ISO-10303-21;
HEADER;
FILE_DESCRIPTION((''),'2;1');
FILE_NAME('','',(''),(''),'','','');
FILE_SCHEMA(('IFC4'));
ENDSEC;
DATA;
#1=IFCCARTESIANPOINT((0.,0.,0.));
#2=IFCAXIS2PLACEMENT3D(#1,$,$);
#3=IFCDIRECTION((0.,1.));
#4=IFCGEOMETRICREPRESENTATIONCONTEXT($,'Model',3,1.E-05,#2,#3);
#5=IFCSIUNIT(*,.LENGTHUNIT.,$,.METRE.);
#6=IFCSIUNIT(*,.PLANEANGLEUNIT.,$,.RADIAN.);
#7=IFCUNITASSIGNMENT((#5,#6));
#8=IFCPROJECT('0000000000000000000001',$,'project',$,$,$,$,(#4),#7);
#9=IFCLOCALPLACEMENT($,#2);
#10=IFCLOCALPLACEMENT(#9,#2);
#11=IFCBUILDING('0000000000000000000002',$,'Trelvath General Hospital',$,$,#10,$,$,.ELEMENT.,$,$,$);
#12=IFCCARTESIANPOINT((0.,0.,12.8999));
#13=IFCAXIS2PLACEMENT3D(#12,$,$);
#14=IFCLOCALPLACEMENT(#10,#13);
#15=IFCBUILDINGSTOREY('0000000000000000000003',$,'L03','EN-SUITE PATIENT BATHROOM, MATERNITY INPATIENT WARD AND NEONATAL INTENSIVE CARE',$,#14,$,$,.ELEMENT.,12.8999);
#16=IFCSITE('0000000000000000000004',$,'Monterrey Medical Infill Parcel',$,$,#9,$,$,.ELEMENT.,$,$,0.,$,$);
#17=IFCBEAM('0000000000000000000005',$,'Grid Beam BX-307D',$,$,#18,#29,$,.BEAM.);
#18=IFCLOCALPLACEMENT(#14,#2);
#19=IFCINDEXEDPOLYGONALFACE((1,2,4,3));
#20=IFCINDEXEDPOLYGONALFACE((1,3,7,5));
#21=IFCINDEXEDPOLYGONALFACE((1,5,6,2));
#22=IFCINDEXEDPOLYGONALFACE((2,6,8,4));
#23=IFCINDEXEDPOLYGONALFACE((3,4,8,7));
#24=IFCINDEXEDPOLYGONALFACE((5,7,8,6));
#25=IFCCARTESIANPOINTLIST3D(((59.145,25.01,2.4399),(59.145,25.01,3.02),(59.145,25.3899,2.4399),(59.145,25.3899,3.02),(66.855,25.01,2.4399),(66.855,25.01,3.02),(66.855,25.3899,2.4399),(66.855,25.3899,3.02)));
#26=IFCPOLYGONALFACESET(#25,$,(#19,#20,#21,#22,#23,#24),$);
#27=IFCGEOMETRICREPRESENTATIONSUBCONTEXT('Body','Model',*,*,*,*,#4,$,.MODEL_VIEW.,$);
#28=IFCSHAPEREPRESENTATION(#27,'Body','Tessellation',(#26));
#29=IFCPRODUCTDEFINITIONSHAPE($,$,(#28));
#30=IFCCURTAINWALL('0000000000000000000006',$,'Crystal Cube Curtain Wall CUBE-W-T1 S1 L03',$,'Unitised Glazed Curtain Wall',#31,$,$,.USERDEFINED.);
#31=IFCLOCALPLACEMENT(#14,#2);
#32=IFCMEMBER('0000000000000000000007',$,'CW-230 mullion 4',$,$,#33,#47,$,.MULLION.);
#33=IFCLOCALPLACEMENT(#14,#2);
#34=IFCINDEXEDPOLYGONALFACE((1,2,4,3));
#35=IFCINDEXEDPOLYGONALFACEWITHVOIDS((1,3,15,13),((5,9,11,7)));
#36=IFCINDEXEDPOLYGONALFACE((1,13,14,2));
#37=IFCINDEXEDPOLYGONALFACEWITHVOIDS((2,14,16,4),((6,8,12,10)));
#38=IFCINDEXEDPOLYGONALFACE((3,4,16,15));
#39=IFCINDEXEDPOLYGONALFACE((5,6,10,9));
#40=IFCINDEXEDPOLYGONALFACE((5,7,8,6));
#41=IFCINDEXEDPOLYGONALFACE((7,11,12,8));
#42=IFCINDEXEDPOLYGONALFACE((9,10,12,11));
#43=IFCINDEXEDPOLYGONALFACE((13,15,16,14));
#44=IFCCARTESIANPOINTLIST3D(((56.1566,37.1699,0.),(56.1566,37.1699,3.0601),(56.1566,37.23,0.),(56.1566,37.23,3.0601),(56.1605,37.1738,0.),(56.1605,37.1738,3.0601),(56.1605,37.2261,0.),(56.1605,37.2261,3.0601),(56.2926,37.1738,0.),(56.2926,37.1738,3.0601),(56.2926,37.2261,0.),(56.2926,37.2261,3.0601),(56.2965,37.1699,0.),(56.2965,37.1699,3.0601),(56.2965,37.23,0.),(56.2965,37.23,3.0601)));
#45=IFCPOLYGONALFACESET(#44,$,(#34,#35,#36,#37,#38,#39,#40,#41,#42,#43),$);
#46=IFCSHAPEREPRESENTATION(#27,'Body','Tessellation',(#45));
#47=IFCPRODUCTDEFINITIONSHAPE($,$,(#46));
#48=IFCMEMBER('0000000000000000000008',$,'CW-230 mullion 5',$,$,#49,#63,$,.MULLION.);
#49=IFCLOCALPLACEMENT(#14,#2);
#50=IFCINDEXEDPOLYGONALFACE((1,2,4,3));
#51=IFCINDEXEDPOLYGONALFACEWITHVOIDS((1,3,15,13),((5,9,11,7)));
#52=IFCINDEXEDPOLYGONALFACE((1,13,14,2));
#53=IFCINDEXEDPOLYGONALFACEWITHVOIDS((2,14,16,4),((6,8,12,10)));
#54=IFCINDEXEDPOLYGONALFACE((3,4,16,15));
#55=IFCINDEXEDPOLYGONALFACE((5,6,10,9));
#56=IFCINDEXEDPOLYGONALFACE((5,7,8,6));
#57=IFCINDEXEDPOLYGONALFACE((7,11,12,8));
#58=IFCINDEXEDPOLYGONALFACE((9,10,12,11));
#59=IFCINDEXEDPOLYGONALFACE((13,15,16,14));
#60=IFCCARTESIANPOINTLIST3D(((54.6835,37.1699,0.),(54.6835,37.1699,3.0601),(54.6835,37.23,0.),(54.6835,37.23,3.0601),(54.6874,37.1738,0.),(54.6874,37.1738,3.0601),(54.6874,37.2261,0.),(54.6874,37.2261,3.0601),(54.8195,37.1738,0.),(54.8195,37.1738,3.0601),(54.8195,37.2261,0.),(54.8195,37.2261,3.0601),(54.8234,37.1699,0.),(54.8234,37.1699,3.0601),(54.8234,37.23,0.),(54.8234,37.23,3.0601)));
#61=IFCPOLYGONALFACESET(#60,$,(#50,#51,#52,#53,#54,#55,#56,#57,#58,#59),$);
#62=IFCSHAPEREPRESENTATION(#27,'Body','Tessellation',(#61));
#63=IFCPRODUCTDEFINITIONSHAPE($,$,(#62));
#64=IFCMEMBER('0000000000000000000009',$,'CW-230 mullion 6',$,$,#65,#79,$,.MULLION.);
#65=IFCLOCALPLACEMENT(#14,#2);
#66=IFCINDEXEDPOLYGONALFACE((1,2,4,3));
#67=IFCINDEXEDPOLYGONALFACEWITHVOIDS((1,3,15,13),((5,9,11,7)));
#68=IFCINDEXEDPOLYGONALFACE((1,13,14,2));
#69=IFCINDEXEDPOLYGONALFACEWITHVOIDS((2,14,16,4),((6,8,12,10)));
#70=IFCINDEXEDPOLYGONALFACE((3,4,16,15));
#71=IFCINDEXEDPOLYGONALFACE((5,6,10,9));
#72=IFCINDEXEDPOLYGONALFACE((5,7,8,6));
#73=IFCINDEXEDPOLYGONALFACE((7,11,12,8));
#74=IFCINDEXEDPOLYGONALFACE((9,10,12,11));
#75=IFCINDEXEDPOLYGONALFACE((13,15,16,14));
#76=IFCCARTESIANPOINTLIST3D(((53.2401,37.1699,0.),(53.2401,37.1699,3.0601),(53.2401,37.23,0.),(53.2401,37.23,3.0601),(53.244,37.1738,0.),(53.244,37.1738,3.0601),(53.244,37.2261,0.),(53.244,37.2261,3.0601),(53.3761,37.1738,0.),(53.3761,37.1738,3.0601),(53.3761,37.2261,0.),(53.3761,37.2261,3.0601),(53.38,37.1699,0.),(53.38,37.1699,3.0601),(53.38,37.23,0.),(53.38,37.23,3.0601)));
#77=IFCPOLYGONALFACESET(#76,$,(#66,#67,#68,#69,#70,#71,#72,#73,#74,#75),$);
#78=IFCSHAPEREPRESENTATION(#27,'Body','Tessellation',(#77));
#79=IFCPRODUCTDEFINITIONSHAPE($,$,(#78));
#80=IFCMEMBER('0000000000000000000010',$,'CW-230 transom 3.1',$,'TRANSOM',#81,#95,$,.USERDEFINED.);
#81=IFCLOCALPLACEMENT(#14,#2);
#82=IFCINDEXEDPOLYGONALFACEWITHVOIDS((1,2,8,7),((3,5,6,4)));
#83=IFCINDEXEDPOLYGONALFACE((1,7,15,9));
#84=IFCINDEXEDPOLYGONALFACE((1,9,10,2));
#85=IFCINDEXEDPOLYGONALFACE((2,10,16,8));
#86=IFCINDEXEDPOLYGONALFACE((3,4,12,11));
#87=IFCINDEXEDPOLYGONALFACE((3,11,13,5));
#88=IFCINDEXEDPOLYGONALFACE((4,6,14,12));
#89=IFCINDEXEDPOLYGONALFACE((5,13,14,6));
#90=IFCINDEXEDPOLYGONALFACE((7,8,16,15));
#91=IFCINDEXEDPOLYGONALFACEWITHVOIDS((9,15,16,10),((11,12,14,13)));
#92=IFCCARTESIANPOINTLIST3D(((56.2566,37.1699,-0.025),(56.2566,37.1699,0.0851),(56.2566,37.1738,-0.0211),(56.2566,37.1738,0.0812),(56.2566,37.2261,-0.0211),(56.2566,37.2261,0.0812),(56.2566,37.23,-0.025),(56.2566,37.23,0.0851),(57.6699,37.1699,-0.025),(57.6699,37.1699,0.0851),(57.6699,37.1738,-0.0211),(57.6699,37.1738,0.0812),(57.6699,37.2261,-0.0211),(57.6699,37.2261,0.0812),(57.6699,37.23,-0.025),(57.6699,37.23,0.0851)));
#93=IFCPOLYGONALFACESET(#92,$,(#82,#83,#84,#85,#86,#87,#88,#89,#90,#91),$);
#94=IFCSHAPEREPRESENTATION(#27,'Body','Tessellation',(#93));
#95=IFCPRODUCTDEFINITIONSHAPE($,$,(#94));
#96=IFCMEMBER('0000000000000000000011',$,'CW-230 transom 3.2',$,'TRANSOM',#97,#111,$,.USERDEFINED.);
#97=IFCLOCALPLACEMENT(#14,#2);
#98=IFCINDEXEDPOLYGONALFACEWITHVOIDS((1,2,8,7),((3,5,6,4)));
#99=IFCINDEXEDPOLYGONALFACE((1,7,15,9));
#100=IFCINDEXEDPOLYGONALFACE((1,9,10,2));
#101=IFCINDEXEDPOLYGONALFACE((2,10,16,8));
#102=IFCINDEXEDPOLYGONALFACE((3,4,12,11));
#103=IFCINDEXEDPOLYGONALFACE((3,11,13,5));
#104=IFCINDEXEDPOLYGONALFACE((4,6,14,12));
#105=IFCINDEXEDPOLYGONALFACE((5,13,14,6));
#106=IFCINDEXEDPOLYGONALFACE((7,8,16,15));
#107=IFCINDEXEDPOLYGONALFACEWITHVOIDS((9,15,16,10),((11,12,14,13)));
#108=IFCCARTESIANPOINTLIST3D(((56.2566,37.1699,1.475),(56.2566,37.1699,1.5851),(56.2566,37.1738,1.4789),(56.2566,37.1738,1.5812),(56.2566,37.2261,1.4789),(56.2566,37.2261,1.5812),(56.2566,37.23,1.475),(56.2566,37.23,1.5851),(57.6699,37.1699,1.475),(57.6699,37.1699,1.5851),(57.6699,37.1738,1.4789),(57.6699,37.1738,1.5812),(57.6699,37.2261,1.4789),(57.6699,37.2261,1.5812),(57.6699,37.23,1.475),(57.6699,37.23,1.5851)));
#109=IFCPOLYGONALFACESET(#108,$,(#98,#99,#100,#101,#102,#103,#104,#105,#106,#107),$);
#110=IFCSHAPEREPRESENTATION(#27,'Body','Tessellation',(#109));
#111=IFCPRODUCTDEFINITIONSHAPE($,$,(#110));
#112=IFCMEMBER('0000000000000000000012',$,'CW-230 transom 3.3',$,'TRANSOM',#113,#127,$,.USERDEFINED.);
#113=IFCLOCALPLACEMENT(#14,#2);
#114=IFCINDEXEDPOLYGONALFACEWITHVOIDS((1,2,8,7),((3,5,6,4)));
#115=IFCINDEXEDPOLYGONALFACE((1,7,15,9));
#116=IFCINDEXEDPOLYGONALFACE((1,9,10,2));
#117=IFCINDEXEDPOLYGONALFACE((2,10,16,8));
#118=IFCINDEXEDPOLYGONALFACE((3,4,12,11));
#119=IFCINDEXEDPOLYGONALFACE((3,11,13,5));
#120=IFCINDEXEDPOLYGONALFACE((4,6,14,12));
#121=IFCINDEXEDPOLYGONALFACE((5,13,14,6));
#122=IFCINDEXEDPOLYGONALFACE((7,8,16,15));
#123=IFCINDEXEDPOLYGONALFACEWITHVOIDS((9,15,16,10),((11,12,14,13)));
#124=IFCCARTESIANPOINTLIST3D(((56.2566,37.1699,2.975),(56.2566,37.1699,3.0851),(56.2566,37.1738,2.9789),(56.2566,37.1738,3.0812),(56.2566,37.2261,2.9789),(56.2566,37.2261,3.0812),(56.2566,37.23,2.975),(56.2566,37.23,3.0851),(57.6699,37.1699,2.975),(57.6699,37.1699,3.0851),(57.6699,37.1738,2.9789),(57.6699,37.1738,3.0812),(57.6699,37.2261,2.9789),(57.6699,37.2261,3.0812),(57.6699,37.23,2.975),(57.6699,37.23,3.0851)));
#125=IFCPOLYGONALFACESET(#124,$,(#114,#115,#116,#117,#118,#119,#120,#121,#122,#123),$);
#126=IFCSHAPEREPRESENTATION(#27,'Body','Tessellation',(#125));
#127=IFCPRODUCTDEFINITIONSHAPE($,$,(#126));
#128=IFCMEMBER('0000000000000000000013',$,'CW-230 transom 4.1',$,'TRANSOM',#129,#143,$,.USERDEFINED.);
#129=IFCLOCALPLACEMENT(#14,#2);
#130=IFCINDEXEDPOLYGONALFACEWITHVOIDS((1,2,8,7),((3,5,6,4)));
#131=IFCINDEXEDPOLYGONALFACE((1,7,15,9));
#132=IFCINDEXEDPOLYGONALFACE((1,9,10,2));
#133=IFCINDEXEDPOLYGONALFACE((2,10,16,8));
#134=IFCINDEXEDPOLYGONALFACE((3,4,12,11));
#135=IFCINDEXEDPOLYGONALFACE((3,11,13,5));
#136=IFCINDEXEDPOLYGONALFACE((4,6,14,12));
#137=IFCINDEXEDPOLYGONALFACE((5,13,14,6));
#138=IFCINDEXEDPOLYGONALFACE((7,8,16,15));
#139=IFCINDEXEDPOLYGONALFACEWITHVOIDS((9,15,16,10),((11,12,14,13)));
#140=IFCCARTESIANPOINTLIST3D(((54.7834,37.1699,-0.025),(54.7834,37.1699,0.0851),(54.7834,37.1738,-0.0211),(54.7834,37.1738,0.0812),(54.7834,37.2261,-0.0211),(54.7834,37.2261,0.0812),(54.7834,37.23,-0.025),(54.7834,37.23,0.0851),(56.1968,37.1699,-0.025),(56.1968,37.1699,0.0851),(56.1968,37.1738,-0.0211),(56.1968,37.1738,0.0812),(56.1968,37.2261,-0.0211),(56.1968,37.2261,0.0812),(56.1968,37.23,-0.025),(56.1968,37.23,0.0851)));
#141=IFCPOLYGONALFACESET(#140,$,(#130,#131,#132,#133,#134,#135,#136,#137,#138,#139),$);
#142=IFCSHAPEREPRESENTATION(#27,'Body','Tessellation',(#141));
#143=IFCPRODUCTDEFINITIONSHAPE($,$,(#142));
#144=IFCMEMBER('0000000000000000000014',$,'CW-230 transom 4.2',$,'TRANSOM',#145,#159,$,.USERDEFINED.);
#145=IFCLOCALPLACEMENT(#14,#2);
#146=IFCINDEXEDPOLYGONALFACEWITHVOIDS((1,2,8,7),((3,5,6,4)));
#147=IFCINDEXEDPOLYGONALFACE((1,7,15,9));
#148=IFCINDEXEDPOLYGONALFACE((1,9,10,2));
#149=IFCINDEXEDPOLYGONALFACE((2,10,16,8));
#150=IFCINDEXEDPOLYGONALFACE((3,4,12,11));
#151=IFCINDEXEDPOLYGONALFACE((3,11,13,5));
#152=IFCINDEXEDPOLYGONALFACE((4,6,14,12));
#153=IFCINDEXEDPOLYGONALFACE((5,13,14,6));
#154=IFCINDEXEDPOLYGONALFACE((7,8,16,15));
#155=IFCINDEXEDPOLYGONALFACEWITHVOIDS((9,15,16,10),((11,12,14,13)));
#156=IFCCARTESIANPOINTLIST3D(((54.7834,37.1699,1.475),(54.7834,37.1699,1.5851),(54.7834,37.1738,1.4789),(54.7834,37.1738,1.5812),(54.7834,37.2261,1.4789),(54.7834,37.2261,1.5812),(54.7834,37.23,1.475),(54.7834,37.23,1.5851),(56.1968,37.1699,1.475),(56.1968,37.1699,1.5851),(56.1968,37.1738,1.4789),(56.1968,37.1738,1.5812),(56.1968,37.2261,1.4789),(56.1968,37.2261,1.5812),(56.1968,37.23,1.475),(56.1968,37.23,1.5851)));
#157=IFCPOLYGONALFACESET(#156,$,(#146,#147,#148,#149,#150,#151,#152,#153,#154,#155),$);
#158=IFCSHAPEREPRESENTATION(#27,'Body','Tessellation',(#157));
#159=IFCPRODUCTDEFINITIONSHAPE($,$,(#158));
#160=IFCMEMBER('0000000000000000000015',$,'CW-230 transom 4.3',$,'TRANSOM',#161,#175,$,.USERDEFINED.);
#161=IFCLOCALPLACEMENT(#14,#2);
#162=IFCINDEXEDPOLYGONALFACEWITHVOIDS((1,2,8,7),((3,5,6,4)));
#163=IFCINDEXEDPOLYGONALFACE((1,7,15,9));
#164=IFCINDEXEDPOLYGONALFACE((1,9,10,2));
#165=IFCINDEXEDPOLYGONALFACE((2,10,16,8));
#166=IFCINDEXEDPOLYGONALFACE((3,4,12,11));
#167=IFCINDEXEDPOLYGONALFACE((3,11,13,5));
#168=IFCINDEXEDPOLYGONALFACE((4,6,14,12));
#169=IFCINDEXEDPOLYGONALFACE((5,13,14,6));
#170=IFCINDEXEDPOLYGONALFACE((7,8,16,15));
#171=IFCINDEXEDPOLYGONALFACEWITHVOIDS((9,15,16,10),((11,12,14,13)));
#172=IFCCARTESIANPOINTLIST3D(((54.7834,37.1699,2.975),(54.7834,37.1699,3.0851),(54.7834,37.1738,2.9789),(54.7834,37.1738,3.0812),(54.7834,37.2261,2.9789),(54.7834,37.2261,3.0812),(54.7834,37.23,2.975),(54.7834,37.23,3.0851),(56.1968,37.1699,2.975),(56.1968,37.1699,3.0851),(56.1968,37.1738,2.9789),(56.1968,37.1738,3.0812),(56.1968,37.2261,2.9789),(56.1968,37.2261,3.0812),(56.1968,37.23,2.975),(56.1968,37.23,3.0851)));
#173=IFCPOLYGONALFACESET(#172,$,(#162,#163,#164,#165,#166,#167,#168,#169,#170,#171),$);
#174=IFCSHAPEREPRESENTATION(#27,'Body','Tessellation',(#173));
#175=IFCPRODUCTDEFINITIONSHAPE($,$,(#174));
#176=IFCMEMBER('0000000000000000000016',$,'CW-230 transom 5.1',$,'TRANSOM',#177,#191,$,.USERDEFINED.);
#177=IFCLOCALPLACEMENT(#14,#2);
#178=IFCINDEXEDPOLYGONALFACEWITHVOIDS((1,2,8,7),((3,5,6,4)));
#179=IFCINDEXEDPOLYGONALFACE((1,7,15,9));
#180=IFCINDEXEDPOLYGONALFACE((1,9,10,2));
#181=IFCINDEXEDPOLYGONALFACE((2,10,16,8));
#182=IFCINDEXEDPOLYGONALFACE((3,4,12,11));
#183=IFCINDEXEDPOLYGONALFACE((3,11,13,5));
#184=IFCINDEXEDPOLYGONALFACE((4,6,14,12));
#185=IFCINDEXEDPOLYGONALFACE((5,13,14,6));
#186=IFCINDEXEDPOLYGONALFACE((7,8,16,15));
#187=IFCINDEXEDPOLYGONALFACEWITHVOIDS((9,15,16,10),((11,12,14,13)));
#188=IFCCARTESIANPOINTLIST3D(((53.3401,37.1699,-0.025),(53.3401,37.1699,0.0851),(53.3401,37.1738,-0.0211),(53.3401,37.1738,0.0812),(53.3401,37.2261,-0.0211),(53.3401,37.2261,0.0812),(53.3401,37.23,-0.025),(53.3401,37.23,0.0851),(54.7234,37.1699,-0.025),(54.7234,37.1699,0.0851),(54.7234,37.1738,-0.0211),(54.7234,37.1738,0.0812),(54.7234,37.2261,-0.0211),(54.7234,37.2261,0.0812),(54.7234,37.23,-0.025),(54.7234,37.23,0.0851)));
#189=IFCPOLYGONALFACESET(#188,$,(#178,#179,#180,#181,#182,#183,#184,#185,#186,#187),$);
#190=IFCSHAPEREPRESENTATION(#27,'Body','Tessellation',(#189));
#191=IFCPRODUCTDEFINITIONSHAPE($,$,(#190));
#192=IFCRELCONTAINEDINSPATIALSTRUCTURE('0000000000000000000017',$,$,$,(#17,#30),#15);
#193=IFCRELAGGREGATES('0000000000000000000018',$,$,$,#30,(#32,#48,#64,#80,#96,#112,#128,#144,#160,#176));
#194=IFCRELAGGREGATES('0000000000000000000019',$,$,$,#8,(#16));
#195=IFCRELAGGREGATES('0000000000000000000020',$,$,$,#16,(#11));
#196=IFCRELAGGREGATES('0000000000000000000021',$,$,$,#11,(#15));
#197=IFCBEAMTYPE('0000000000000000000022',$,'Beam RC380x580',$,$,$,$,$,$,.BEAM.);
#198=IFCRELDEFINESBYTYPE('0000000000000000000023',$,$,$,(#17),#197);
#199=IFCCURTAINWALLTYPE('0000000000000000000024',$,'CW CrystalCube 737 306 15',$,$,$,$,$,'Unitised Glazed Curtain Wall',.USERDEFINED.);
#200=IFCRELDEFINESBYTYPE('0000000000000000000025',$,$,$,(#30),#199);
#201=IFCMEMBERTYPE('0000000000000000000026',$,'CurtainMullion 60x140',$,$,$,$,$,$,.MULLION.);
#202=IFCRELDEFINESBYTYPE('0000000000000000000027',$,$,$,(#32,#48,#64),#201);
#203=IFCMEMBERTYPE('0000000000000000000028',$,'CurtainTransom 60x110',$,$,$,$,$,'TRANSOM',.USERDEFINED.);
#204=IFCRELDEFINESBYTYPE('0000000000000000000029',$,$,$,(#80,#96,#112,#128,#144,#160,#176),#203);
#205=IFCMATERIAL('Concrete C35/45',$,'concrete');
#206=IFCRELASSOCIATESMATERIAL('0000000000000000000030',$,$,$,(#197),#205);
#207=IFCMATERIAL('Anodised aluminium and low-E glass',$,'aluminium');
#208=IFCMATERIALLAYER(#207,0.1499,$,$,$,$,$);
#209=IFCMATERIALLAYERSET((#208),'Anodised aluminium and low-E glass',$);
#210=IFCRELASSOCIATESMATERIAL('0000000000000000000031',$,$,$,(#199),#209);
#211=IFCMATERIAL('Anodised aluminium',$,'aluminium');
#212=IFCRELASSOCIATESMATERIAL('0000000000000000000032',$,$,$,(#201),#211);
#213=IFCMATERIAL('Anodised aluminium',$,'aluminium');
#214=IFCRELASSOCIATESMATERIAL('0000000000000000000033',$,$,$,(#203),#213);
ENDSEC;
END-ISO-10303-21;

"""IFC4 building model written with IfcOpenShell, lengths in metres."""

from ifc_helpers import new_model, si_unit, direction, frame, origin, origin_2d, place, context, subcontext, project, spatial, rectangle, hollow_rectangle, extrude, material, layer, layer_set, material_profile, profile_set, type_object, element, aggregate, save


model = new_model("IFC4")

# Units and contexts
model_context = context("Model", 3, precision=1e-05, world=origin(), true_north=direction((0.0, 1.0)))
body_context = subcontext(model_context, "Body", "Model", "MODEL_VIEW")
ifc_project = project(units=[si_unit("LENGTHUNIT", "METRE"), si_unit("PLANEANGLEUNIT", "RADIAN")], contexts=[model_context])

# Site, building, storey
site_placement = place(None, origin())
site = spatial("IfcSite", under=ifc_project, at=site_placement, Name="Monterrey Medical Infill Parcel", CompositionType="ELEMENT", RefElevation=0.0)
building_placement = place(site_placement, origin())
building = spatial("IfcBuilding", under=site, at=building_placement, Name="Trelvath General Hospital", CompositionType="ELEMENT")
storey_placement = place(building_placement, frame((0.0, 0.0, 12.8999)))
storey = spatial("IfcBuildingStorey", under=building, at=storey_placement, Name="L03", Description="EN-SUITE PATIENT BATHROOM, MATERNITY INPATIENT WARD AND NEONATAL INTENSIVE CARE", CompositionType="ELEMENT", Elevation=12.8999)

# Beam
ifc_material_1 = material(Name="Concrete C35/45", Category="concrete")
ifc_material_profile_1 = material_profile(ifc_material_1, rectangle(XDim=0.3799, YDim=0.5801, at=origin_2d()), Name="RCB380x580")
ifc_profile_set_1 = profile_set([ifc_material_profile_1], Name="Concrete C35/45")
beam_type = type_object("IfcBeamType", Name="Beam RC380x580", PredefinedType="BEAM", material=ifc_profile_set_1)
beam_placement = place(storey_placement, frame((59.145, 25.2, 2.73), z_axis=(1.0, 0.0, 0.0), x_axis=(0.0, 1.0, 0.0)))
element("IfcBeam", 1, at=beam_placement, inside=storey, type_object=beam_type, Name="Grid Beam BX-307D", PredefinedType="BEAM", context=body_context, shape_type="SweptSolid", body=[
    extrude(rectangle(XDim=0.3799, YDim=0.5801, at=origin_2d()), origin(), (0.0, 0.0, 1.0), 7.71),
])

# Curtain wall, members
ifc_material_2 = material(Name="Anodised aluminium and low-E glass", Category="aluminium")
ifc_layer_1 = layer(ifc_material_2, 0.1499)
ifc_layer_set_1 = layer_set([ifc_layer_1], Name="Anodised aluminium and low-E glass")
curtain_wall_type = type_object("IfcCurtainWallType", Name="CW CrystalCube 737 306 15", ElementType="Unitised Glazed Curtain Wall", PredefinedType="USERDEFINED", material=ifc_layer_set_1)
curtain_wall_placement = place(storey_placement, origin())
curtain_wall = element("IfcCurtainWall", 2, at=curtain_wall_placement, inside=storey, type_object=curtain_wall_type, Name="Crystal Cube Curtain Wall CUBE-W-T1 S1 L03", ObjectType="Unitised Glazed Curtain Wall", PredefinedType="USERDEFINED")
ifc_material_3 = material(Name="Anodised aluminium", Category="aluminium")
ifc_material_profile_2 = material_profile(ifc_material_3, hollow_rectangle(XDim=0.0601, YDim=0.1399, WallThickness=0.0039, at=origin_2d()), Name="RHS60x140x4")
ifc_profile_set_2 = profile_set([ifc_material_profile_2], Name="Anodised aluminium")
member_type_1 = type_object("IfcMemberType", Name="CurtainMullion 60x140", PredefinedType="MULLION", material=ifc_profile_set_2)
member_1_placement = place(storey_placement, frame((56.2266, 37.2, 0.0), z_axis=(0.0, 0.0, 1.0), x_axis=(0.0, -1.0, 0.0)))
member_1 = element("IfcMember", 3, at=member_1_placement, type_object=member_type_1, Name="CW-230 mullion 4", PredefinedType="MULLION", context=body_context, shape_type="SweptSolid", body=[
    extrude(hollow_rectangle(XDim=0.0601, YDim=0.1399, WallThickness=0.0039, at=origin_2d()), origin(), (0.0, 0.0, 1.0), 3.0601),
])
member_2_placement = place(storey_placement, frame((54.7534, 37.2, 0.0), z_axis=(0.0, 0.0, 1.0), x_axis=(0.0, -1.0, 0.0)))
member_2 = element("IfcMember", 4, at=member_2_placement, type_object=member_type_1, Name="CW-230 mullion 5", PredefinedType="MULLION", context=body_context, shape_type="SweptSolid", body=[
    extrude(hollow_rectangle(XDim=0.0601, YDim=0.1399, WallThickness=0.0039, at=origin_2d()), origin(), (0.0, 0.0, 1.0), 3.0601),
])
member_3_placement = place(storey_placement, frame((53.3101, 37.2, 0.0), z_axis=(0.0, 0.0, 1.0), x_axis=(0.0, -1.0, 0.0)))
member_3 = element("IfcMember", 5, at=member_3_placement, type_object=member_type_1, Name="CW-230 mullion 6", PredefinedType="MULLION", context=body_context, shape_type="SweptSolid", body=[
    extrude(hollow_rectangle(XDim=0.0601, YDim=0.1399, WallThickness=0.0039, at=origin_2d()), origin(), (0.0, 0.0, 1.0), 3.0601),
])
ifc_material_4 = material(Name="Anodised aluminium", Category="aluminium")
ifc_material_profile_3 = material_profile(ifc_material_4, hollow_rectangle(XDim=0.0601, YDim=0.1101, WallThickness=0.0039, at=origin_2d()), Name="RHS60x110x4")
ifc_profile_set_3 = profile_set([ifc_material_profile_3], Name="Anodised aluminium")
member_type_2 = type_object("IfcMemberType", Name="CurtainTransom 60x110", ElementType="TRANSOM", PredefinedType="USERDEFINED", material=ifc_profile_set_3)
member_4_placement = place(storey_placement, frame((57.6699, 37.2, 0.03), z_axis=(-1.0, 0.0, 0.0), x_axis=(0.0, -1.0, 0.0)))
member_4 = element("IfcMember", 6, at=member_4_placement, type_object=member_type_2, Name="CW-230 transom 3.1", ObjectType="TRANSOM", PredefinedType="USERDEFINED", context=body_context, shape_type="SweptSolid", body=[
    extrude(hollow_rectangle(XDim=0.0601, YDim=0.1101, WallThickness=0.0039, at=origin_2d()), origin(), (0.0, 0.0, 1.0), 1.4133),
])
member_5_placement = place(storey_placement, frame((57.6699, 37.2, 1.53), z_axis=(-1.0, 0.0, 0.0), x_axis=(0.0, -1.0, 0.0)))
member_5 = element("IfcMember", 7, at=member_5_placement, type_object=member_type_2, Name="CW-230 transom 3.2", ObjectType="TRANSOM", PredefinedType="USERDEFINED", context=body_context, shape_type="SweptSolid", body=[
    extrude(hollow_rectangle(XDim=0.0601, YDim=0.1101, WallThickness=0.0039, at=origin_2d()), origin(), (0.0, 0.0, 1.0), 1.4133),
])
member_6_placement = place(storey_placement, frame((57.6699, 37.2, 3.03), z_axis=(-1.0, 0.0, 0.0), x_axis=(0.0, -1.0, 0.0)))
member_6 = element("IfcMember", 8, at=member_6_placement, type_object=member_type_2, Name="CW-230 transom 3.3", ObjectType="TRANSOM", PredefinedType="USERDEFINED", context=body_context, shape_type="SweptSolid", body=[
    extrude(hollow_rectangle(XDim=0.0601, YDim=0.1101, WallThickness=0.0039, at=origin_2d()), origin(), (0.0, 0.0, 1.0), 1.4133),
])
member_7_placement = place(storey_placement, frame((56.1968, 37.2, 0.03), z_axis=(-1.0, 0.0, 0.0), x_axis=(0.0, -1.0, 0.0)))
member_7 = element("IfcMember", 9, at=member_7_placement, type_object=member_type_2, Name="CW-230 transom 4.1", ObjectType="TRANSOM", PredefinedType="USERDEFINED", context=body_context, shape_type="SweptSolid", body=[
    extrude(hollow_rectangle(XDim=0.0601, YDim=0.1101, WallThickness=0.0039, at=origin_2d()), origin(), (0.0, 0.0, 1.0), 1.4133),
])
member_8_placement = place(storey_placement, frame((56.1968, 37.2, 1.53), z_axis=(-1.0, 0.0, 0.0), x_axis=(0.0, -1.0, 0.0)))
member_8 = element("IfcMember", 10, at=member_8_placement, type_object=member_type_2, Name="CW-230 transom 4.2", ObjectType="TRANSOM", PredefinedType="USERDEFINED", context=body_context, shape_type="SweptSolid", body=[
    extrude(hollow_rectangle(XDim=0.0601, YDim=0.1101, WallThickness=0.0039, at=origin_2d()), origin(), (0.0, 0.0, 1.0), 1.4133),
])
member_9_placement = place(storey_placement, frame((56.1968, 37.2, 3.03), z_axis=(-1.0, 0.0, 0.0), x_axis=(0.0, -1.0, 0.0)))
member_9 = element("IfcMember", 11, at=member_9_placement, type_object=member_type_2, Name="CW-230 transom 4.3", ObjectType="TRANSOM", PredefinedType="USERDEFINED", context=body_context, shape_type="SweptSolid", body=[
    extrude(hollow_rectangle(XDim=0.0601, YDim=0.1101, WallThickness=0.0039, at=origin_2d()), origin(), (0.0, 0.0, 1.0), 1.4133),
])
member_10_placement = place(storey_placement, frame((54.7234, 37.2, 0.03), z_axis=(-1.0, 0.0, 0.0), x_axis=(0.0, -1.0, 0.0)))
member_10 = element("IfcMember", 12, at=member_10_placement, type_object=member_type_2, Name="CW-230 transom 5.1", ObjectType="TRANSOM", PredefinedType="USERDEFINED", context=body_context, shape_type="SweptSolid", body=[
    extrude(hollow_rectangle(XDim=0.0601, YDim=0.1101, WallThickness=0.0039, at=origin_2d()), origin(), (0.0, 0.0, 1.0), 1.3833),
])
aggregate(curtain_wall, [member_1, member_2, member_3, member_4, member_5, member_6, member_7, member_8, member_9, member_10])

save(model, "model.ifc")
